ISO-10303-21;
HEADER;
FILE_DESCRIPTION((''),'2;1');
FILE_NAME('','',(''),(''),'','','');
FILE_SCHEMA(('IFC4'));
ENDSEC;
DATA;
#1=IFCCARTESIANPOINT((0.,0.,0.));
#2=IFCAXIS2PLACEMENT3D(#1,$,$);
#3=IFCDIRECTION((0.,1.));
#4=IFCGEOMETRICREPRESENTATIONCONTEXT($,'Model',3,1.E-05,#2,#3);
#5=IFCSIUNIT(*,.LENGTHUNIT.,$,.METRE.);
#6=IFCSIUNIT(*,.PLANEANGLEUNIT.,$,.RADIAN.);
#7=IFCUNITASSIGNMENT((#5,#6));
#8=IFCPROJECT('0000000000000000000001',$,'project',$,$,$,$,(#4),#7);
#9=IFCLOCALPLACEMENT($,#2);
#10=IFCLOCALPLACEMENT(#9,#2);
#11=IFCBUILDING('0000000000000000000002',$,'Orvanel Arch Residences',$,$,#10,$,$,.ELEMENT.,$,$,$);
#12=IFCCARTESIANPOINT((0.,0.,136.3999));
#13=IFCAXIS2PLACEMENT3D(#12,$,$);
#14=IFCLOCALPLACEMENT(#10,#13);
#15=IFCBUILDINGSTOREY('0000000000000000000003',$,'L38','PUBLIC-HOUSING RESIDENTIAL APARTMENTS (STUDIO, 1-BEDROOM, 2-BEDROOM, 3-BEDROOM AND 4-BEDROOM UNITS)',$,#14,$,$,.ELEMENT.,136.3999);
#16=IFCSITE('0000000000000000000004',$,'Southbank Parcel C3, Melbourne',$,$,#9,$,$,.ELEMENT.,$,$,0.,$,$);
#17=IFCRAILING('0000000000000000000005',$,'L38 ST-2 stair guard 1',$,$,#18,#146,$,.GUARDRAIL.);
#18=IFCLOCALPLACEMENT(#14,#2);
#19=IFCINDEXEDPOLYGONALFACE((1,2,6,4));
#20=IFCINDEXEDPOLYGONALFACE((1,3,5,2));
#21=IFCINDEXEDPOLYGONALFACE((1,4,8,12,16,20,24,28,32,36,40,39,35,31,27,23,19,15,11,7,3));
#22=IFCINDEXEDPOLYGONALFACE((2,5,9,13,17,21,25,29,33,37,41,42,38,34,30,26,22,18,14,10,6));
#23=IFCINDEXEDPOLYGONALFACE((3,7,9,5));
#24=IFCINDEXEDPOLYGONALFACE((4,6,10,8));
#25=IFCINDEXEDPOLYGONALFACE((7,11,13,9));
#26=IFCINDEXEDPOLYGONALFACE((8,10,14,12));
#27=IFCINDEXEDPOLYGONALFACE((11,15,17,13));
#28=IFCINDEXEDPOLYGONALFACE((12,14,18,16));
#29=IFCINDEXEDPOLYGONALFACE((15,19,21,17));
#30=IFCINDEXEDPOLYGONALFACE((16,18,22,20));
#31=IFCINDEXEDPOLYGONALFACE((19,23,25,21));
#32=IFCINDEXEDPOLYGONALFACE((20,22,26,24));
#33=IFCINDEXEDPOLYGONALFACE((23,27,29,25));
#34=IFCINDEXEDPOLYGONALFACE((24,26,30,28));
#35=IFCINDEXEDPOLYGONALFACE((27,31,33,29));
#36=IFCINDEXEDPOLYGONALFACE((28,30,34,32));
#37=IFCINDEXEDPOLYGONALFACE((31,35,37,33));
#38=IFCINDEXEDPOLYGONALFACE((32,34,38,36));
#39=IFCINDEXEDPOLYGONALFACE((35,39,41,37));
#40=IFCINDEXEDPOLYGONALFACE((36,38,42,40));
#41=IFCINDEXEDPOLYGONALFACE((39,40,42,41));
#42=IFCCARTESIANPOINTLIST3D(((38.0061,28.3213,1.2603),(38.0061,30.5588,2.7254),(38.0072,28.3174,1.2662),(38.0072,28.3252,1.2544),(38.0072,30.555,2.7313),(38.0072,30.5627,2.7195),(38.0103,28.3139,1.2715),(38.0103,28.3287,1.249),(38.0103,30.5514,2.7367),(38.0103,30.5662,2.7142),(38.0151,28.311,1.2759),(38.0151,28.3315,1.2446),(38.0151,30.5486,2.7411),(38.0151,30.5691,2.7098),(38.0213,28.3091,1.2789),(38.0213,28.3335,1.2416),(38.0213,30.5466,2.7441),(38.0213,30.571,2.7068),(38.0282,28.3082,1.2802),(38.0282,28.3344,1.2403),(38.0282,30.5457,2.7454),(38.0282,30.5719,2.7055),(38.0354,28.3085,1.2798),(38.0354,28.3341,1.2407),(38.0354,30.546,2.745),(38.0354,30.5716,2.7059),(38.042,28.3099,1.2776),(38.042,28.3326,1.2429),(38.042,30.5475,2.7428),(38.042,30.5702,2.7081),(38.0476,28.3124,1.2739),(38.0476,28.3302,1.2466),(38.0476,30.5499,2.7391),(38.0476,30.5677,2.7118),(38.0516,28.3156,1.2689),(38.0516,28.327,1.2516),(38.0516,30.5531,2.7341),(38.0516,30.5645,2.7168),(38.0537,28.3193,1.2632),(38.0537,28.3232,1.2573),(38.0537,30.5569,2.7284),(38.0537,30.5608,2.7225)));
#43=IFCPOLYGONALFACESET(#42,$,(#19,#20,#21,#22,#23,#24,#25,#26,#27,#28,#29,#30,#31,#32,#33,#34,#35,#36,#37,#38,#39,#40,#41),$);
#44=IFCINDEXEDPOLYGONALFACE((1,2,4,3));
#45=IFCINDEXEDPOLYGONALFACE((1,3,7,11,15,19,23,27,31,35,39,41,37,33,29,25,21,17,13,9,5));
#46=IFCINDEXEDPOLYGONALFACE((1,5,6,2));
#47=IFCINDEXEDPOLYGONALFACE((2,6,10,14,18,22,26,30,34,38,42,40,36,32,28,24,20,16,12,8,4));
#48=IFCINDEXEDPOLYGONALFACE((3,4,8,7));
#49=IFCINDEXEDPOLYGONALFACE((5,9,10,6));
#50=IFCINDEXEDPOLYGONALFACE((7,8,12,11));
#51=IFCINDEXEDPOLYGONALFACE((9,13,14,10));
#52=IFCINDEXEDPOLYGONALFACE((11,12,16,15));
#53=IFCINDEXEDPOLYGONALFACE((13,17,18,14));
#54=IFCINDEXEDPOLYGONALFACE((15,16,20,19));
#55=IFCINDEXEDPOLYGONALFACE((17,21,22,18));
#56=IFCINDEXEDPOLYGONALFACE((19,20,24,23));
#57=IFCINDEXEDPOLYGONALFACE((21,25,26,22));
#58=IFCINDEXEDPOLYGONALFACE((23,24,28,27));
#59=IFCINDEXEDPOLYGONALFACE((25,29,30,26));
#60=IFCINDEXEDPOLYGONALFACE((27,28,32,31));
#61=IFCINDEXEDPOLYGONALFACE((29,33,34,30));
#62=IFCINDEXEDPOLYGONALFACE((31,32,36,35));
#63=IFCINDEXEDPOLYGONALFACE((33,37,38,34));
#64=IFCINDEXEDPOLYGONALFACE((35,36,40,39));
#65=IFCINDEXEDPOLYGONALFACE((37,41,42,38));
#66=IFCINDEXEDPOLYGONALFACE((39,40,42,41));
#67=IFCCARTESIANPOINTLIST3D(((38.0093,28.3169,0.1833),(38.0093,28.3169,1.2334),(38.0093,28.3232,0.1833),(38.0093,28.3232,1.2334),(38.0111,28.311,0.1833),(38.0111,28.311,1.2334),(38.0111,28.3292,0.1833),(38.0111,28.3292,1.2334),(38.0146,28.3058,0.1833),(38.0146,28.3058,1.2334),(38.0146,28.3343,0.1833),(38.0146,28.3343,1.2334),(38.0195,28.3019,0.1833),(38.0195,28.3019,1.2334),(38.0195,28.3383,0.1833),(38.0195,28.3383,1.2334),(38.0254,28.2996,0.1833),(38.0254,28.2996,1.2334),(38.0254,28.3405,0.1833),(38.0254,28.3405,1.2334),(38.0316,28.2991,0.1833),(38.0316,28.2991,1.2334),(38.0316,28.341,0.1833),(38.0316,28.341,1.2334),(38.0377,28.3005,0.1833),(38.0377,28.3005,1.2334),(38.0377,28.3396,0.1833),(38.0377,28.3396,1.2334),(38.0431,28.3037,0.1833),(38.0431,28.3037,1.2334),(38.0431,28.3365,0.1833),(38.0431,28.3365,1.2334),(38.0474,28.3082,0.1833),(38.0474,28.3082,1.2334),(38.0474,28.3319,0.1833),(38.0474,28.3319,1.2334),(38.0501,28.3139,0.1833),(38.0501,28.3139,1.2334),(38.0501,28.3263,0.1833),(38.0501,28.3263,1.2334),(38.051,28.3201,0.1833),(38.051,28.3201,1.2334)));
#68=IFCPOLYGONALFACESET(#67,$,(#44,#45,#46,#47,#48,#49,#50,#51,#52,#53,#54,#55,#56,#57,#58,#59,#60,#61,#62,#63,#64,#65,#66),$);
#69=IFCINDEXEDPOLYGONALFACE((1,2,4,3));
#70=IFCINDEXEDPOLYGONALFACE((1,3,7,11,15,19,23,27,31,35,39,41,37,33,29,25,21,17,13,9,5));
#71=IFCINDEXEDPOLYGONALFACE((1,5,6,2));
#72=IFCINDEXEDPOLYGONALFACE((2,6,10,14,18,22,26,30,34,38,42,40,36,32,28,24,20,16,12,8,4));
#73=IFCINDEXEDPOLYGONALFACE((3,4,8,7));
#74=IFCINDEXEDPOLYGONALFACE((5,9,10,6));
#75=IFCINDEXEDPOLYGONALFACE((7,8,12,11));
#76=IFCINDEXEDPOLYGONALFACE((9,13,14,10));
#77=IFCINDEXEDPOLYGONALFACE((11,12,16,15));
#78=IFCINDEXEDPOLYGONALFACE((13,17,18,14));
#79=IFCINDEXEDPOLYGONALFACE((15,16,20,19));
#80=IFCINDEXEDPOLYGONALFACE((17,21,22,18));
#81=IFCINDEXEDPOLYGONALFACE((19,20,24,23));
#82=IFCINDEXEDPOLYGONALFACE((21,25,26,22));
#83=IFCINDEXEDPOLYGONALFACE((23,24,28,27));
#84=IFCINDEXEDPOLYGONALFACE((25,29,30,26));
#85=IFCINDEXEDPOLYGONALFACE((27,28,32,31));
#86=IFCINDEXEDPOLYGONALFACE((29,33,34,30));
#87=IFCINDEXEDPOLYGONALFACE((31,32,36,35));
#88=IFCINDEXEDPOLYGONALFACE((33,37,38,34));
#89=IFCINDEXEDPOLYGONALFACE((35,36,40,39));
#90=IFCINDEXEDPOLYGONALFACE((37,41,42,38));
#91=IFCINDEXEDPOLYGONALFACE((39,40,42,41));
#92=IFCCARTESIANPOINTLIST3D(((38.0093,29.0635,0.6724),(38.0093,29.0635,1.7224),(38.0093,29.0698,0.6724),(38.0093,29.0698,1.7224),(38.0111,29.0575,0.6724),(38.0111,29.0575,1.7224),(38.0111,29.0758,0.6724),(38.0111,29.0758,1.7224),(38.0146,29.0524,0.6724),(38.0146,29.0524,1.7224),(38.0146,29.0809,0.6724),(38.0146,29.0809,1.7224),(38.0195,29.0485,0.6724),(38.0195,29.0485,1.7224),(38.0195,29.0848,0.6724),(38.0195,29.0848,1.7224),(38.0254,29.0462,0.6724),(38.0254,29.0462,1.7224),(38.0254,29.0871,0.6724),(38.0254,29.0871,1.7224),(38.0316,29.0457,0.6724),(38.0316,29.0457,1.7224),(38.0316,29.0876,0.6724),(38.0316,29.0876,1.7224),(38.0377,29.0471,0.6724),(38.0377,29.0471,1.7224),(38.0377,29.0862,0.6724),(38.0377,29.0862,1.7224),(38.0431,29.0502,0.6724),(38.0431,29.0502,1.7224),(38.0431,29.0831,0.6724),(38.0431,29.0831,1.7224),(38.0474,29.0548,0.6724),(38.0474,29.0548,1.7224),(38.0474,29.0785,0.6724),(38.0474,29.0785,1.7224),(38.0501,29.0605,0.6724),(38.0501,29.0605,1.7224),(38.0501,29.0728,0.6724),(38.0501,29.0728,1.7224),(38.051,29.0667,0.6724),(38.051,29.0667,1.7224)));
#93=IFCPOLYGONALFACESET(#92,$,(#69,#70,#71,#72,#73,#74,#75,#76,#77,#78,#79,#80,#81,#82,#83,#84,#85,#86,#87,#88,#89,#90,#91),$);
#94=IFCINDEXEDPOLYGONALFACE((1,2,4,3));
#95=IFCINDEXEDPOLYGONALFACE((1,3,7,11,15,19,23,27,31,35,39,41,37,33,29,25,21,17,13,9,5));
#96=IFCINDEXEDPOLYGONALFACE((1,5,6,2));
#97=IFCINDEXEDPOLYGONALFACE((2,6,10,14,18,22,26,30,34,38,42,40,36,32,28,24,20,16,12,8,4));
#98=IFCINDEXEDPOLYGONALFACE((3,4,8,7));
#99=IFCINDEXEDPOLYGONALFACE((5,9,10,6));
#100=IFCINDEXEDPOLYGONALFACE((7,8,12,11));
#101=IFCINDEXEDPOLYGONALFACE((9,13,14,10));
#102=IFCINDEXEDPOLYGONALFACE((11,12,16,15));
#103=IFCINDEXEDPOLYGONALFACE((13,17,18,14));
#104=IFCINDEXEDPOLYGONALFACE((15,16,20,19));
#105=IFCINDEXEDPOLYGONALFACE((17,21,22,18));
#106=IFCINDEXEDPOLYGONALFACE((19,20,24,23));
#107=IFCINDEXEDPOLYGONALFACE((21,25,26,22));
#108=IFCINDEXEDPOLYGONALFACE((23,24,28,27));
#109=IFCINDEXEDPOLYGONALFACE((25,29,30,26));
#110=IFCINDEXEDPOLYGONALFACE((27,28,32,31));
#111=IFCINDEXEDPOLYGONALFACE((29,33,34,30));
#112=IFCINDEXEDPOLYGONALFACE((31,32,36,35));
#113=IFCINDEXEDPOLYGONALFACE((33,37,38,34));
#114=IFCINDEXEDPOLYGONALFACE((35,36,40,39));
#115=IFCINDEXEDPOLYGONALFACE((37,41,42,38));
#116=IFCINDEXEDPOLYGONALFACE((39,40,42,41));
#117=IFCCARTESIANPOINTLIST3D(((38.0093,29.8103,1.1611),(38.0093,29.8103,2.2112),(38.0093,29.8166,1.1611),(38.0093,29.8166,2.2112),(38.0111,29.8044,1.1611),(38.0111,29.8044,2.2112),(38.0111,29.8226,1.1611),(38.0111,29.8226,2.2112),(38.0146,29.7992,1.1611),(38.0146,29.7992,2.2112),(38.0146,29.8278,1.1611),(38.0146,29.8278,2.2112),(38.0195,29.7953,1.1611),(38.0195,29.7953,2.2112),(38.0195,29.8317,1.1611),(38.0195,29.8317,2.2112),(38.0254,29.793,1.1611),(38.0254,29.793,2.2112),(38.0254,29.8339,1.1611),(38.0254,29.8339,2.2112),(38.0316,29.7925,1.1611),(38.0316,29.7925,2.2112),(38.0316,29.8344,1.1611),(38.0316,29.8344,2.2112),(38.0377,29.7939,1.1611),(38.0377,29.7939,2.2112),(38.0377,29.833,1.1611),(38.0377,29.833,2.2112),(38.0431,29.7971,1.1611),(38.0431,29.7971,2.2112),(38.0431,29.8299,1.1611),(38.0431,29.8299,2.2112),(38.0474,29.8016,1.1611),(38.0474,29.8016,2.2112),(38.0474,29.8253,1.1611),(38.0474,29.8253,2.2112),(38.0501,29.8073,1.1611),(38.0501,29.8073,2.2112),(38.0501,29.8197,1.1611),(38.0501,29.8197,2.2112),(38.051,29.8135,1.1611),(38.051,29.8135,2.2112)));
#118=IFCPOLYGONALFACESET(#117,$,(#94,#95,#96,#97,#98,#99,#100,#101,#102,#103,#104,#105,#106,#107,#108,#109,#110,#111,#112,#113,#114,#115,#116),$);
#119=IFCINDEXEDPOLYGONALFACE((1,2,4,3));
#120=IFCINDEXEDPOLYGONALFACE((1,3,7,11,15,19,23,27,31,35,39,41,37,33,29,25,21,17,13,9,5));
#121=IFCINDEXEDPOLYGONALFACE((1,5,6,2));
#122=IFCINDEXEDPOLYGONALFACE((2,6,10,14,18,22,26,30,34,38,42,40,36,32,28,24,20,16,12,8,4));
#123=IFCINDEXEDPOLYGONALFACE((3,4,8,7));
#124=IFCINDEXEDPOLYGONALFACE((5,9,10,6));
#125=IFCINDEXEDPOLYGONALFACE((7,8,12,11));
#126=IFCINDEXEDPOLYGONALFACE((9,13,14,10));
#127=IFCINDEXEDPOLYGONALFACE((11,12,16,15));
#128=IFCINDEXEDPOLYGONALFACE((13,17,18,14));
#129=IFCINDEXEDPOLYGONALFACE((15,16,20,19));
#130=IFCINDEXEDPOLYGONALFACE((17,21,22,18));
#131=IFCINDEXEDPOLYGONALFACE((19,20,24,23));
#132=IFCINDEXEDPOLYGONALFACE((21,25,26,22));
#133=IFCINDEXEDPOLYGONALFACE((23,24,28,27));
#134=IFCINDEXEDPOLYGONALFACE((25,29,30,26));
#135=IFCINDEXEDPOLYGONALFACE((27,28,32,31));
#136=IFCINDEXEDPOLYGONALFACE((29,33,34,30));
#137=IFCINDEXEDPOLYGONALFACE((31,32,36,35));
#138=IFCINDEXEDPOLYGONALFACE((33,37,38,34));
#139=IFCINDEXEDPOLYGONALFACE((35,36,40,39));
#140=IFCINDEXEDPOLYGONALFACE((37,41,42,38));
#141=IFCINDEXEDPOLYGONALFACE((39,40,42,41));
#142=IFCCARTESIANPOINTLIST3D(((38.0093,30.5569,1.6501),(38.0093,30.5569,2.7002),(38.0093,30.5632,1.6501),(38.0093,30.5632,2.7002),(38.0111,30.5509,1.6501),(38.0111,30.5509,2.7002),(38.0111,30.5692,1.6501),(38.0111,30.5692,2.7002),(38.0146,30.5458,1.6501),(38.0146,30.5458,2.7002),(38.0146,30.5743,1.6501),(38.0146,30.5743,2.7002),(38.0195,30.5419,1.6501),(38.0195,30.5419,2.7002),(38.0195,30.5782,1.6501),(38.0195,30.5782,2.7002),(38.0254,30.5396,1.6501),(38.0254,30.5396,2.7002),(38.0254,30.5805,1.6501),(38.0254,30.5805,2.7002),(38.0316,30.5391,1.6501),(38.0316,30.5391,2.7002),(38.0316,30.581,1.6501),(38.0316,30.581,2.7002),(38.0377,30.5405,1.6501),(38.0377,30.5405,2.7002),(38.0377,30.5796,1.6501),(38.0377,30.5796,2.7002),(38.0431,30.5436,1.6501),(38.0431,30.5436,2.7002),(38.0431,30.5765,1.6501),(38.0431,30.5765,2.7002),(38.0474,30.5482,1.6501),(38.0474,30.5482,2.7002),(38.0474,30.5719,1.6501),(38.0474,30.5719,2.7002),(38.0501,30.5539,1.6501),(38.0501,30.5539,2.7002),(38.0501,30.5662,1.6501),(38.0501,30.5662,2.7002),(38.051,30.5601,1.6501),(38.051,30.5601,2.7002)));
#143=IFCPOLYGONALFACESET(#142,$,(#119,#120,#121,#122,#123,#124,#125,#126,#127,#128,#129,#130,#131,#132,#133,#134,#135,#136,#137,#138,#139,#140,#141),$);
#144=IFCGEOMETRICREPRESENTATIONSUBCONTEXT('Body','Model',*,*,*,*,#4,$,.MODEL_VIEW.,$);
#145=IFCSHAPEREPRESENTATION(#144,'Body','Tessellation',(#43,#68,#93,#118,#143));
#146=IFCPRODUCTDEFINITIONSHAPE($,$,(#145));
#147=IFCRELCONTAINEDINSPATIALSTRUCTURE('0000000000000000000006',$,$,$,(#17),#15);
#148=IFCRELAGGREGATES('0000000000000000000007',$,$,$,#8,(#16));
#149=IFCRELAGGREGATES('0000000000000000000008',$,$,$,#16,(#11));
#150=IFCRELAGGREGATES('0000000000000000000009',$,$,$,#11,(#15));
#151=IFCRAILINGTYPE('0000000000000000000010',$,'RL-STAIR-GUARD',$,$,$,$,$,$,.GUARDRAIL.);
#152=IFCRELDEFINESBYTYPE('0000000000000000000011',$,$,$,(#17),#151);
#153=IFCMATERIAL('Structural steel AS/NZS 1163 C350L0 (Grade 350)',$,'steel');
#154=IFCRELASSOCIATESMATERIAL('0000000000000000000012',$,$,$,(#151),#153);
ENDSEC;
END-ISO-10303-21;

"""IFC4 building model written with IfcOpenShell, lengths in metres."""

from ifc_helpers import new_model, si_unit, direction, frame, origin, origin_2d, place, context, subcontext, project, spatial, circle, extrude, material, type_object, element, save


model = new_model("IFC4")

# Units and contexts
model_context = context("Model", 3, precision=1e-05, world=origin(), true_north=direction((0.0, 1.0)))
body_context = subcontext(model_context, "Body", "Model", "MODEL_VIEW")
ifc_project = project(units=[si_unit("LENGTHUNIT", "METRE"), si_unit("PLANEANGLEUNIT", "RADIAN")], contexts=[model_context])

# Site, building, storey
site_placement = place(None, origin())
site = spatial("IfcSite", under=ifc_project, at=site_placement, Name="Southbank Parcel C3, Melbourne", CompositionType="ELEMENT", RefElevation=0.0)
building_placement = place(site_placement, origin())
building = spatial("IfcBuilding", under=site, at=building_placement, Name="Orvanel Arch Residences", CompositionType="ELEMENT")
storey_placement = place(building_placement, frame((0.0, 0.0, 136.3999)))
storey = spatial("IfcBuildingStorey", under=building, at=storey_placement, Name="L38", Description="PUBLIC-HOUSING RESIDENTIAL APARTMENTS (STUDIO, 1-BEDROOM, 2-BEDROOM, 3-BEDROOM AND 4-BEDROOM UNITS)", CompositionType="ELEMENT", Elevation=136.3999)

# Railing
ifc_material_1 = material(Name="Structural steel AS/NZS 1163 C350L0 (Grade 350)", Category="steel")
railing_type_1 = type_object("IfcRailingType", Name="RL-STAIR-GUARD", PredefinedType="GUARDRAIL", material=ifc_material_1)
railing_1_placement = place(storey_placement, frame((38.03, 28.3201, 0.1833)))
element("IfcRailing", 1, at=railing_1_placement, inside=storey, type_object=railing_type_1, Name="L38 ST-2 stair guard 1", PredefinedType="GUARDRAIL", context=body_context, shape_type="SweptSolid", body=[
    extrude(circle(Radius=0.0239, at=origin_2d()), frame((0.0, 0.0012, 1.0769), z_axis=(0.0, 0.836595, 0.547822), x_axis=(-1.0, 0.0, 0.0)), (0.0, 0.0, 1.0), 2.6746),
    extrude(circle(Radius=0.021, at=origin_2d()), origin(), (0.0, 0.0, 1.0), 1.05),
    extrude(circle(Radius=0.021, at=origin_2d()), frame((0.0, 0.7466, 0.489)), (0.0, 0.0, 1.0), 1.05),
    extrude(circle(Radius=0.021, at=origin_2d()), frame((0.0, 1.4934, 0.9778)), (0.0, 0.0, 1.0), 1.05),
    extrude(circle(Radius=0.021, at=origin_2d()), frame((0.0, 2.24, 1.4668)), (0.0, 0.0, 1.0), 1.05),
])

save(model, "model.ifc")
